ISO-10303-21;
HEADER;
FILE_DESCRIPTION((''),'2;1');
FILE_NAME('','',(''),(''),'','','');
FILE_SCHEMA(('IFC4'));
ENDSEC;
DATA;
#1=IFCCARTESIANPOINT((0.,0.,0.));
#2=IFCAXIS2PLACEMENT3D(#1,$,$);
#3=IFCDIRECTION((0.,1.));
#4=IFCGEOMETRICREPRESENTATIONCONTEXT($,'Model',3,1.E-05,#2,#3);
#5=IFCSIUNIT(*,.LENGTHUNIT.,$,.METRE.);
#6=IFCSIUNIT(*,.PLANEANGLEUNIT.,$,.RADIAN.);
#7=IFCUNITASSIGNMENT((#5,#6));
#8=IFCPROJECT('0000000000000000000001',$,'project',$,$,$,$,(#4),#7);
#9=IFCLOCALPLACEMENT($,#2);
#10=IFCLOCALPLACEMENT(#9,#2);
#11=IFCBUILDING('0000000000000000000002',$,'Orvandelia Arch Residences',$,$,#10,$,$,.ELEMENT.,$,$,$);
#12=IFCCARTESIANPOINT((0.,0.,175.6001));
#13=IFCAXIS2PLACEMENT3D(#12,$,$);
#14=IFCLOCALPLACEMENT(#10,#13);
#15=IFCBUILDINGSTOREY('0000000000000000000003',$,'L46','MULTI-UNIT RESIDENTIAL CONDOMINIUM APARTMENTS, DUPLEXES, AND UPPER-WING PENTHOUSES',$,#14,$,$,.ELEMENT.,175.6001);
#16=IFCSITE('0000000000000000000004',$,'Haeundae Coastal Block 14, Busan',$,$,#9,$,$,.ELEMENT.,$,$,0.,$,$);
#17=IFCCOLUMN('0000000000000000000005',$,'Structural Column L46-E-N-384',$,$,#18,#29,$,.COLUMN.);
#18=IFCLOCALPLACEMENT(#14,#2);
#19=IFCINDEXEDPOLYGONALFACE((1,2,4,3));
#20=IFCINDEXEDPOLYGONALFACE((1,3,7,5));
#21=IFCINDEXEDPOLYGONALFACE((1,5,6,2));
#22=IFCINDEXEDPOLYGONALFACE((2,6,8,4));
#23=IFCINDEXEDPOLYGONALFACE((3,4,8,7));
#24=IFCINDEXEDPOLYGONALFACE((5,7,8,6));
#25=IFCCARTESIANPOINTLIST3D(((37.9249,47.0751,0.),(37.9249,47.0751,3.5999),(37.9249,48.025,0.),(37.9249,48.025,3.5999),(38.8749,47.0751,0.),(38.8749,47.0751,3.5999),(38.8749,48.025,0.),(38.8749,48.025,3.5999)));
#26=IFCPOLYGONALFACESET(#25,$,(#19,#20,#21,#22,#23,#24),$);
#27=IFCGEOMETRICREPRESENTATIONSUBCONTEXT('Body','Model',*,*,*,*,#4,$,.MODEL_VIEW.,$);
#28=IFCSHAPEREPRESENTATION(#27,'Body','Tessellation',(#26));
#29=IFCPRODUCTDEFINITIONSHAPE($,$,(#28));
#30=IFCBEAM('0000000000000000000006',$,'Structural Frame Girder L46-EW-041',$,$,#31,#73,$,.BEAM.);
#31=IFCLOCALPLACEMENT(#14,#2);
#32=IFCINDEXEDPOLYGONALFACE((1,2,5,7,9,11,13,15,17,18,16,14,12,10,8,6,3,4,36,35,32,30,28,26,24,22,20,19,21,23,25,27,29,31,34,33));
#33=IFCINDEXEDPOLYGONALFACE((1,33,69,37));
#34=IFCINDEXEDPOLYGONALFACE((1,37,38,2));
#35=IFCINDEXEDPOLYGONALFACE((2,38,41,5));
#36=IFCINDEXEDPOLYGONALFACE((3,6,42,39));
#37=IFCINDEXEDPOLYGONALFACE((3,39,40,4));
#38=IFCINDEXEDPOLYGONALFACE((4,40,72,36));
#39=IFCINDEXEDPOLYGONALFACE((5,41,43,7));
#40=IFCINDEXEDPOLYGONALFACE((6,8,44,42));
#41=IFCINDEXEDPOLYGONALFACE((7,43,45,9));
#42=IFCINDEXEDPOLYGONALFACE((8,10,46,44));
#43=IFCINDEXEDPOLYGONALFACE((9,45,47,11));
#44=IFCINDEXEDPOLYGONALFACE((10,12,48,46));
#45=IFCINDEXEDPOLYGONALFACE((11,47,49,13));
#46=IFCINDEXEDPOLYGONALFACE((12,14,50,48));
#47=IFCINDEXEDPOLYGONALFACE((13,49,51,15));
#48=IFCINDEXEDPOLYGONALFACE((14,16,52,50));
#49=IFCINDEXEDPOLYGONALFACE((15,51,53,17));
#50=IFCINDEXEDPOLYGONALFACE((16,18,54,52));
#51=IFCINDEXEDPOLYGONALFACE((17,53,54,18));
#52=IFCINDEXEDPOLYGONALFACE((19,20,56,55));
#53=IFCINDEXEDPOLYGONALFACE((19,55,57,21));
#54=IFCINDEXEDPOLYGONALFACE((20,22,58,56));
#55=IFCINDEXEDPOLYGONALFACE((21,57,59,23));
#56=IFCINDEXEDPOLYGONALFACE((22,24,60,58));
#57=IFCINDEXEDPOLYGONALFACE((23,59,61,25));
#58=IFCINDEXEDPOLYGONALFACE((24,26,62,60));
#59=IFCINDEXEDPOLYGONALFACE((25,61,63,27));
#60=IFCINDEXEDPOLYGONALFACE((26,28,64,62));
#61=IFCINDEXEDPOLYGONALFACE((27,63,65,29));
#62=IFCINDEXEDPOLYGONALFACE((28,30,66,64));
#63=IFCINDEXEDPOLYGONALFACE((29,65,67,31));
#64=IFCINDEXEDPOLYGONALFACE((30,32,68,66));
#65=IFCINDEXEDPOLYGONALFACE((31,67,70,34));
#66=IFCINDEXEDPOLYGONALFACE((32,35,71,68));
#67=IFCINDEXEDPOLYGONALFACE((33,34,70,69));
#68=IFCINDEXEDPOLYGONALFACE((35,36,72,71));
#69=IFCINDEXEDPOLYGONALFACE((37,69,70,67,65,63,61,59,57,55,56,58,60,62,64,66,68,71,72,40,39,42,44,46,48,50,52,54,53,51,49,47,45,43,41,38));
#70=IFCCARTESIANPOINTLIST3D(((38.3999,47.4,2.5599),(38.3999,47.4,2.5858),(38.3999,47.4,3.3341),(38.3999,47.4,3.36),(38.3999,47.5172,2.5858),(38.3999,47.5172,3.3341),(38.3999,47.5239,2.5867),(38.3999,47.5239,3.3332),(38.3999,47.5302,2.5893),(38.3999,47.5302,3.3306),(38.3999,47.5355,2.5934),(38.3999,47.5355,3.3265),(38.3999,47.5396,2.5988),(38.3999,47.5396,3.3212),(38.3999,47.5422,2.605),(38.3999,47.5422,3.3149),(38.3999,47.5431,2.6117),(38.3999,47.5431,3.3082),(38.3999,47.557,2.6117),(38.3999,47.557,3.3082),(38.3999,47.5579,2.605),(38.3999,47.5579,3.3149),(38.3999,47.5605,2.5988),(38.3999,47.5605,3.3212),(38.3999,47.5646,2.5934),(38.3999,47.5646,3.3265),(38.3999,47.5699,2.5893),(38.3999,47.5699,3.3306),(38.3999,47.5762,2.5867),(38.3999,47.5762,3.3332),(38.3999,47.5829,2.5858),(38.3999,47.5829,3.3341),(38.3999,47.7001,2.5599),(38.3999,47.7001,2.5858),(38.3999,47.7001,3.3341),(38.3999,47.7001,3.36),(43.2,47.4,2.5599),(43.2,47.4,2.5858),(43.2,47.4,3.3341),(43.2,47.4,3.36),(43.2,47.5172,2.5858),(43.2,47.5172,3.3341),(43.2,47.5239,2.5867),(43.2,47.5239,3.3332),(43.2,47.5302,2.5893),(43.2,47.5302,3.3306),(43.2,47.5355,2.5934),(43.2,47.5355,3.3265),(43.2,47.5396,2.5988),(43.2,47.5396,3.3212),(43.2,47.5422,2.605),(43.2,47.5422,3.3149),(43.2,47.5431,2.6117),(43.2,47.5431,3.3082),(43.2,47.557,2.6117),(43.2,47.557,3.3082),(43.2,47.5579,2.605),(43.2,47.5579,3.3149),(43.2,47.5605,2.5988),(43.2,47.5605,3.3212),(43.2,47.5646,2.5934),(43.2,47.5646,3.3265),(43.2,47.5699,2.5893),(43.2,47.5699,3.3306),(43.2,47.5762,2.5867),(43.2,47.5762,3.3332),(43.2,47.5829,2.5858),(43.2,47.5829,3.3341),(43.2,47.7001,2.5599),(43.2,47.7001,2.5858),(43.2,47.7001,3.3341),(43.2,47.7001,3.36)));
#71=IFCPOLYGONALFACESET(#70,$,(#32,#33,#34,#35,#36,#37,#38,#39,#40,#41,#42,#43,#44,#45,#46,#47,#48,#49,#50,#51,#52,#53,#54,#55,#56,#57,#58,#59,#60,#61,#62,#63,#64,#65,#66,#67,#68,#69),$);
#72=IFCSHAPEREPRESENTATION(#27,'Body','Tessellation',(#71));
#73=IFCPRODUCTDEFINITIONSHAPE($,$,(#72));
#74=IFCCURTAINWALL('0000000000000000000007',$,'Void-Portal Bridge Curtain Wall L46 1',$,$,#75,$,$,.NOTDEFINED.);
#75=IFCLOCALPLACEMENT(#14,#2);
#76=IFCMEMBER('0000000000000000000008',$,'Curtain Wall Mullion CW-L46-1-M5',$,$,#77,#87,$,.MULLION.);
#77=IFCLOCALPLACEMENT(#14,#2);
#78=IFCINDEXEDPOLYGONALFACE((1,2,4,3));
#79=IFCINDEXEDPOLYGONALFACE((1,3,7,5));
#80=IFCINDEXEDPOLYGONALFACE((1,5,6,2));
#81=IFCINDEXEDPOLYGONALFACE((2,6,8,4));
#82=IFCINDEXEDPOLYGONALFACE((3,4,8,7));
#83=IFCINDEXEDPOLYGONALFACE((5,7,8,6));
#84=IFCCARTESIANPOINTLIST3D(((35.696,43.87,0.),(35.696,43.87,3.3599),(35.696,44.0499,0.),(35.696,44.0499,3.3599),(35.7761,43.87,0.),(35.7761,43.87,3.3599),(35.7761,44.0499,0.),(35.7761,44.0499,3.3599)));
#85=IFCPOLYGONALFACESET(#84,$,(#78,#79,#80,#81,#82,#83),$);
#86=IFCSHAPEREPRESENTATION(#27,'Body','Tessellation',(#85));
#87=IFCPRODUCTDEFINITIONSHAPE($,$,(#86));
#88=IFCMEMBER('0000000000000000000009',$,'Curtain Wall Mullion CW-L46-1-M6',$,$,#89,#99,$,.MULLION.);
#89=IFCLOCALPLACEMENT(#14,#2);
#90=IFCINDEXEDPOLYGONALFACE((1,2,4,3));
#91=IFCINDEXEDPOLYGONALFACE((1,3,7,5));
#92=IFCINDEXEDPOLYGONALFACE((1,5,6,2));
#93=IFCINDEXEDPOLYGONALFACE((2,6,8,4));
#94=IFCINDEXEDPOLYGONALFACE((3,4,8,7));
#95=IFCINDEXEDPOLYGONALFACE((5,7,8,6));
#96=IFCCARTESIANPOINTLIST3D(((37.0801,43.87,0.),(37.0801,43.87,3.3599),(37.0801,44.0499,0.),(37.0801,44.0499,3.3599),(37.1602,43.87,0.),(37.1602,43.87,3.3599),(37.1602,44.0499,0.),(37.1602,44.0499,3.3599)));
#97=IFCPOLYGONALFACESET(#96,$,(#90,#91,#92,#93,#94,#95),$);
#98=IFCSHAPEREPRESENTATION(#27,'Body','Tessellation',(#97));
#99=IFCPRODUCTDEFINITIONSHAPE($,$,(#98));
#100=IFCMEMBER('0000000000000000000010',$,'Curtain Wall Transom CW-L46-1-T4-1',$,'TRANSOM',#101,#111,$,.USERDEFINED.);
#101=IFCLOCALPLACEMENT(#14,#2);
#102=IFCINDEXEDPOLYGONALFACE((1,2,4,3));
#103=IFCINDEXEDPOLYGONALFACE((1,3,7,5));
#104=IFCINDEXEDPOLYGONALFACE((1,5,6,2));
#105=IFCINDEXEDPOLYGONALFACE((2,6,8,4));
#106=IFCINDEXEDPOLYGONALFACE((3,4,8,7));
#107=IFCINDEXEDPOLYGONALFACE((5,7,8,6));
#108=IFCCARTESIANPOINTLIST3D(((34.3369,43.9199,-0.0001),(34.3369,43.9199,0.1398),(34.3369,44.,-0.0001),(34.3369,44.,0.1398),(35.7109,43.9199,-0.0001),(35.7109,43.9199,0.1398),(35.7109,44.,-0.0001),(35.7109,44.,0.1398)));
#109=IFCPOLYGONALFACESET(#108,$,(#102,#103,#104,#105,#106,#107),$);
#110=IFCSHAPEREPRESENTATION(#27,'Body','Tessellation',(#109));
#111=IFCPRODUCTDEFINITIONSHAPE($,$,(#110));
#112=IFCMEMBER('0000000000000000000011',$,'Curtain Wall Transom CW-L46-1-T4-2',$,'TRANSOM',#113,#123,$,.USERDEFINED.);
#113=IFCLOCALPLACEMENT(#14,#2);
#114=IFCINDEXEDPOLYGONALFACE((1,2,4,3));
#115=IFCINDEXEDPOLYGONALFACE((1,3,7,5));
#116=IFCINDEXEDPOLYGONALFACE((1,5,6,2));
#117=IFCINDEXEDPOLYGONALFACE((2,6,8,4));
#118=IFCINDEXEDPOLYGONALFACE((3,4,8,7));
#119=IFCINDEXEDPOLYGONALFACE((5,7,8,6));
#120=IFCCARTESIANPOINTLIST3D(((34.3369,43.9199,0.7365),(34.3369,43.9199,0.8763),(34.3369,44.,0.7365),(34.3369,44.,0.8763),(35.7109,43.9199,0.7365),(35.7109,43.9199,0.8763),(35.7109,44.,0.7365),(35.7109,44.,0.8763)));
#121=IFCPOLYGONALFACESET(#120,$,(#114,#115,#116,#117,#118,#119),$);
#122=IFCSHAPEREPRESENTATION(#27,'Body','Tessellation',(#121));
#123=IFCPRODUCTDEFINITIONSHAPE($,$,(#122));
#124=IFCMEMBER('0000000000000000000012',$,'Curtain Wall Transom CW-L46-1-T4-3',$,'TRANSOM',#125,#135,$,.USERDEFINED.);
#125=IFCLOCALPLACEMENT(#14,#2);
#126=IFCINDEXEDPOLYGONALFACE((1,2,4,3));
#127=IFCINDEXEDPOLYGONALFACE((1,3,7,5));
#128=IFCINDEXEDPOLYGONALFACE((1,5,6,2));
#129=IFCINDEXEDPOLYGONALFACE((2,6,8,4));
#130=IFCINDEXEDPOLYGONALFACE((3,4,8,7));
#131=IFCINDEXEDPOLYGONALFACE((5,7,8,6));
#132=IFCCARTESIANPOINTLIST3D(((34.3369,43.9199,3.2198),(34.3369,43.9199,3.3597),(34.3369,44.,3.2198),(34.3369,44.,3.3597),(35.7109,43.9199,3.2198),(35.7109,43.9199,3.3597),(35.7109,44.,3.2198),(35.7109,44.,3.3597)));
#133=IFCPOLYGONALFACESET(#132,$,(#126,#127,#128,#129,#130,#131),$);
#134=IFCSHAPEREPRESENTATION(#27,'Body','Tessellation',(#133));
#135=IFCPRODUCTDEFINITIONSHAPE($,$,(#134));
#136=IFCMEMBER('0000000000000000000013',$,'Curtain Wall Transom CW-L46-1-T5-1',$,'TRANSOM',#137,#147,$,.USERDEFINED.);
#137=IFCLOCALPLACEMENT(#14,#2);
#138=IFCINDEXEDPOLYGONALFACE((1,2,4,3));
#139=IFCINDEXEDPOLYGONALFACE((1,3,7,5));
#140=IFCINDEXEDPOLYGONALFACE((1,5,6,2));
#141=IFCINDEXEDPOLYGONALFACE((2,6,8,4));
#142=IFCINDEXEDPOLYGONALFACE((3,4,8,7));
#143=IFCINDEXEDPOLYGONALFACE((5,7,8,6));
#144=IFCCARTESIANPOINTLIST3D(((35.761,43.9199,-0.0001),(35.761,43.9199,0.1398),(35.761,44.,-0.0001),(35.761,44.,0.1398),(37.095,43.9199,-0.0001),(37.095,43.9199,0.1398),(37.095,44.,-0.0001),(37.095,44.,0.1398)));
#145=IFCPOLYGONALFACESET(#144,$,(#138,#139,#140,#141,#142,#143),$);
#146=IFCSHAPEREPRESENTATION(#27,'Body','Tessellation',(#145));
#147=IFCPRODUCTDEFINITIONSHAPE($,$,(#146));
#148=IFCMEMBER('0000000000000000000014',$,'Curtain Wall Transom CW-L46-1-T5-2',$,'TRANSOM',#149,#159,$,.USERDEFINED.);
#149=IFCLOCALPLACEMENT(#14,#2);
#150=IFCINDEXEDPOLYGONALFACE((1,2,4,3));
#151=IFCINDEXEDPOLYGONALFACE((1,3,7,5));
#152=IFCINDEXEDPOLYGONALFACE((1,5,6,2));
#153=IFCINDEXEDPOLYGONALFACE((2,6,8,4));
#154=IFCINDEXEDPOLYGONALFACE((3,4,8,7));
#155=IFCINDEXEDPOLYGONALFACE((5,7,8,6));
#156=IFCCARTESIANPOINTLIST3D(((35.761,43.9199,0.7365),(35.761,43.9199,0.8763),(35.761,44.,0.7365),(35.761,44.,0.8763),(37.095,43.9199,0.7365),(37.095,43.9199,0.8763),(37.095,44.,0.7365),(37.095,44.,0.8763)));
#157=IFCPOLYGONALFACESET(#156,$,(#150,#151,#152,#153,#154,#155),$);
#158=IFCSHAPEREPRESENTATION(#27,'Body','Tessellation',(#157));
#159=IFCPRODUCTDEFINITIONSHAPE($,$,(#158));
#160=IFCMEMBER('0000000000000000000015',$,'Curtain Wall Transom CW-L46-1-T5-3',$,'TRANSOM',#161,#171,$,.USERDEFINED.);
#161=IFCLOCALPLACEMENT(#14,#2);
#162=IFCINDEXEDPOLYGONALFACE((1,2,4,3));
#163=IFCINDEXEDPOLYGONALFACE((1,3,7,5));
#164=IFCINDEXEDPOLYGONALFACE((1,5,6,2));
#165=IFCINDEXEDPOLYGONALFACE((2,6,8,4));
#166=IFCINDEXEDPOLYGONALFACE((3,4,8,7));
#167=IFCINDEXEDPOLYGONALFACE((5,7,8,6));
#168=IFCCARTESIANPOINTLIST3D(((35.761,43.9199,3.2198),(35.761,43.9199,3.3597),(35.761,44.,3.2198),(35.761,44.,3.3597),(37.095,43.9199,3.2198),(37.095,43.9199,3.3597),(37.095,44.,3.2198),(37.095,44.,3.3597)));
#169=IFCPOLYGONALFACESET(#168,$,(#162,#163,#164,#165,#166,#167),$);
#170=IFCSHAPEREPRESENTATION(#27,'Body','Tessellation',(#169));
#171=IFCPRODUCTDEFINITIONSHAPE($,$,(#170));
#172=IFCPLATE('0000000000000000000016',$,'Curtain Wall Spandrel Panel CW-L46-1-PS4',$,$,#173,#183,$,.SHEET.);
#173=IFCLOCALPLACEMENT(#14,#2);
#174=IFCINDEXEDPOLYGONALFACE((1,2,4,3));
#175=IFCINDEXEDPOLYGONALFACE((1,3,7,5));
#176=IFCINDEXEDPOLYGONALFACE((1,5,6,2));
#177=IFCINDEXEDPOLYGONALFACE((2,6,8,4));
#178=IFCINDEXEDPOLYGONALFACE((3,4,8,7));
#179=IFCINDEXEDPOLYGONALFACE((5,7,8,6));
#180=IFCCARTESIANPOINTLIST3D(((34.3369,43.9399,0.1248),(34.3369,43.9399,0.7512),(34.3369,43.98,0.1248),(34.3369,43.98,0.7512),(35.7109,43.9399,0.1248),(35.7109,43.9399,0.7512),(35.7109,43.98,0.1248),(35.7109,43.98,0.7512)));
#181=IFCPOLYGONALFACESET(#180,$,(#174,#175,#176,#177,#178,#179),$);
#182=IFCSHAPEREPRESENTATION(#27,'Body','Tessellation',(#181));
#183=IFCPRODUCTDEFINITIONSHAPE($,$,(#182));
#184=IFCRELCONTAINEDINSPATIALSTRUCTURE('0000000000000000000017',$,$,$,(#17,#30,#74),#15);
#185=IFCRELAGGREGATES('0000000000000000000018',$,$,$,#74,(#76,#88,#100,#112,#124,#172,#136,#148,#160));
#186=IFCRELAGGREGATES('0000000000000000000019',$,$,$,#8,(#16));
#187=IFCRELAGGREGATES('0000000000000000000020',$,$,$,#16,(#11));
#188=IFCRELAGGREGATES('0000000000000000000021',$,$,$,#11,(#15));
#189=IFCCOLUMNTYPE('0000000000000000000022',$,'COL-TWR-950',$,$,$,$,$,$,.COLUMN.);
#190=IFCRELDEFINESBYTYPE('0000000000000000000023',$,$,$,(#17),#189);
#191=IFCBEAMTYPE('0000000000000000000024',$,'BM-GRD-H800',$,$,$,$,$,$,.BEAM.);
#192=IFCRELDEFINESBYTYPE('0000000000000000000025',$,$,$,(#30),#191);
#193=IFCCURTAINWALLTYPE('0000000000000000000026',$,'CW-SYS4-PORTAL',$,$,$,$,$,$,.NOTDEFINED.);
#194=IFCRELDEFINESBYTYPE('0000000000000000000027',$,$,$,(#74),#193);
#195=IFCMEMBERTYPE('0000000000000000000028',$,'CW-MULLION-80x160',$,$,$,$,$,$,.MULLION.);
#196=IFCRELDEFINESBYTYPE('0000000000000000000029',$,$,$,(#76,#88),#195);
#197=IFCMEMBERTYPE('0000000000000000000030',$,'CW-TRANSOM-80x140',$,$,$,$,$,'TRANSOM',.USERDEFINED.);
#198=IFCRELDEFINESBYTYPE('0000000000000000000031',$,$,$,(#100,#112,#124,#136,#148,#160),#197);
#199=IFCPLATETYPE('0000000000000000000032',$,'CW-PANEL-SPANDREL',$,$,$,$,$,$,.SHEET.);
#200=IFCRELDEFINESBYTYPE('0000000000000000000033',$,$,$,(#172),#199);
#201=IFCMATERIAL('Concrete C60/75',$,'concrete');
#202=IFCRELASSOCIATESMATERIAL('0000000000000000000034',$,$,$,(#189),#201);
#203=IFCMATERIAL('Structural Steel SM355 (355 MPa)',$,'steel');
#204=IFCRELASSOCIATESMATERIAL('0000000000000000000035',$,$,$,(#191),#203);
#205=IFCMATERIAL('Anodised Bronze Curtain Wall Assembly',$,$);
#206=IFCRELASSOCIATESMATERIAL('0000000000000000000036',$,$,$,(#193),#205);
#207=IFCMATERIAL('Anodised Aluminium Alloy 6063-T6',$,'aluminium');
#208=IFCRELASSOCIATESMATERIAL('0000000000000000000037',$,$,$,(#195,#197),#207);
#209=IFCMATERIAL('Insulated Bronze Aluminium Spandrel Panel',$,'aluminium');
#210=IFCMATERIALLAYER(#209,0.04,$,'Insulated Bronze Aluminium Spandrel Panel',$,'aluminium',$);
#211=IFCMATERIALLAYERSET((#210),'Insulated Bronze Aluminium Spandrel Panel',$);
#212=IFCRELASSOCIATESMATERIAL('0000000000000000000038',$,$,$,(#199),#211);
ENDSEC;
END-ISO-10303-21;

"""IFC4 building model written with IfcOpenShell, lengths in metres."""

from ifc_helpers import new_model, si_unit, direction, frame, origin, origin_2d, place, context, subcontext, project, spatial, rectangle, i_section, extrude, material, layer, layer_set, material_profile, profile_set, type_object, element, aggregate, save


model = new_model("IFC4")

# Units and contexts
model_context = context("Model", 3, precision=1e-05, world=origin(), true_north=direction((0.0, 1.0)))
body_context = subcontext(model_context, "Body", "Model", "MODEL_VIEW")
ifc_project = project(units=[si_unit("LENGTHUNIT", "METRE"), si_unit("PLANEANGLEUNIT", "RADIAN")], contexts=[model_context])

# Site, building, storey
site_placement = place(None, origin())
site = spatial("IfcSite", under=ifc_project, at=site_placement, Name="Haeundae Coastal Block 14, Busan", CompositionType="ELEMENT", RefElevation=0.0)
building_placement = place(site_placement, origin())
building = spatial("IfcBuilding", under=site, at=building_placement, Name="Orvandelia Arch Residences", CompositionType="ELEMENT")
storey_placement = place(building_placement, frame((0.0, 0.0, 175.6001)))
storey = spatial("IfcBuildingStorey", under=building, at=storey_placement, Name="L46", Description="MULTI-UNIT RESIDENTIAL CONDOMINIUM APARTMENTS, DUPLEXES, AND UPPER-WING PENTHOUSES", CompositionType="ELEMENT", Elevation=175.6001)

# Column
ifc_material_1 = material(Name="Concrete C60/75", Category="concrete")
ifc_material_profile_1 = material_profile(ifc_material_1, rectangle(XDim=0.95, YDim=0.95, at=origin_2d()), Name="Concrete C60/75", Category="concrete")
ifc_profile_set_1 = profile_set([ifc_material_profile_1], Name="Concrete C60/75")
column_type = type_object("IfcColumnType", Name="COL-TWR-950", PredefinedType="COLUMN", material=ifc_profile_set_1)
column_placement = place(storey_placement, frame((38.3999, 47.55, 0.0), z_axis=(0.0, 0.0, 1.0), x_axis=(1.0, 0.0, 0.0)))
element("IfcColumn", 1, at=column_placement, inside=storey, type_object=column_type, Name="Structural Column L46-E-N-384", PredefinedType="COLUMN", context=body_context, shape_type="SweptSolid", body=[
    extrude(rectangle(XDim=0.95, YDim=0.95, at=origin_2d()), origin(), (0.0, 0.0, 1.0), 3.5999),
])

# Beam
ifc_material_2 = material(Name="Structural Steel SM355 (355 MPa)", Category="steel")
ifc_material_profile_2 = material_profile(ifc_material_2, i_section(OverallWidth=0.3, OverallDepth=0.8, WebThickness=0.0139, FlangeThickness=0.0259, FilletRadius=0.0259, at=origin_2d()), Name="Structural Steel SM355 (355 MPa)", Category="steel")
ifc_profile_set_2 = profile_set([ifc_material_profile_2], Name="Structural Steel SM355 (355 MPa)")
beam_type = type_object("IfcBeamType", Name="BM-GRD-H800", PredefinedType="BEAM", material=ifc_profile_set_2)
beam_placement = place(storey_placement, frame((38.3999, 47.55, 2.96), z_axis=(1.0, 0.0, 0.0), x_axis=(0.0, 1.0, 0.0)))
element("IfcBeam", 2, at=beam_placement, inside=storey, type_object=beam_type, Name="Structural Frame Girder L46-EW-041", PredefinedType="BEAM", context=body_context, shape_type="SweptSolid", body=[
    extrude(i_section(OverallWidth=0.3, OverallDepth=0.8, WebThickness=0.0139, FlangeThickness=0.0259, FilletRadius=0.0259, at=origin_2d()), origin(), (0.0, 0.0, 1.0), 4.8),
])

# Curtain wall, members, plate
ifc_material_3 = material(Name="Anodised Bronze Curtain Wall Assembly")
curtain_wall_type = type_object("IfcCurtainWallType", Name="CW-SYS4-PORTAL", PredefinedType="NOTDEFINED", material=ifc_material_3)
curtain_wall_placement = place(storey_placement, origin())
curtain_wall = element("IfcCurtainWall", 3, at=curtain_wall_placement, inside=storey, type_object=curtain_wall_type, Name="Void-Portal Bridge Curtain Wall L46 1", PredefinedType="NOTDEFINED")
ifc_material_4 = material(Name="Anodised Aluminium Alloy 6063-T6", Category="aluminium")
ifc_material_profile_3 = material_profile(ifc_material_4, rectangle(XDim=0.0801, YDim=0.1799, at=origin_2d()), Name="Anodised Aluminium Alloy 6063-T6", Category="aluminium")
ifc_profile_set_3 = profile_set([ifc_material_profile_3], Name="Anodised Aluminium Alloy 6063-T6")
member_type_1 = type_object("IfcMemberType", Name="CW-MULLION-80x160", PredefinedType="MULLION", material=ifc_profile_set_3)
member_1_placement = place(storey_placement, frame((35.7361, 43.96, 0.0), z_axis=(0.0, 0.0, 1.0), x_axis=(1.0, 0.0, 0.0)))
member_1 = element("IfcMember", 4, at=member_1_placement, type_object=member_type_1, Name="Curtain Wall Mullion CW-L46-1-M5", PredefinedType="MULLION", context=body_context, shape_type="SweptSolid", body=[
    extrude(rectangle(XDim=0.0801, YDim=0.1799, at=origin_2d()), origin(), (0.0, 0.0, 1.0), 3.3599),
])
member_2_placement = place(storey_placement, frame((37.1201, 43.96, 0.0), z_axis=(0.0, 0.0, 1.0), x_axis=(1.0, 0.0, 0.0)))
member_2 = element("IfcMember", 5, at=member_2_placement, type_object=member_type_1, Name="Curtain Wall Mullion CW-L46-1-M6", PredefinedType="MULLION", context=body_context, shape_type="SweptSolid", body=[
    extrude(rectangle(XDim=0.0801, YDim=0.1799, at=origin_2d()), origin(), (0.0, 0.0, 1.0), 3.3599),
])
ifc_material_profile_4 = material_profile(ifc_material_4, rectangle(XDim=0.0801, YDim=0.1399, at=origin_2d()), Name="Anodised Aluminium Alloy 6063-T6", Category="aluminium")
ifc_profile_set_4 = profile_set([ifc_material_profile_4], Name="Anodised Aluminium Alloy 6063-T6")
member_type_2 = type_object("IfcMemberType", Name="CW-TRANSOM-80x140", ElementType="TRANSOM", PredefinedType="USERDEFINED", material=ifc_profile_set_4)
member_3_placement = place(storey_placement, frame((34.3369, 43.96, 0.0698), z_axis=(1.0, 0.0, 0.0), x_axis=(0.0, 1.0, 0.0)))
member_3 = element("IfcMember", 6, at=member_3_placement, type_object=member_type_2, Name="Curtain Wall Transom CW-L46-1-T4-1", ObjectType="TRANSOM", PredefinedType="USERDEFINED", context=body_context, shape_type="SweptSolid", body=[
    extrude(rectangle(XDim=0.0801, YDim=0.1399, at=origin_2d()), origin(), (0.0, 0.0, 1.0), 1.374),
])
member_4_placement = place(storey_placement, frame((34.3369, 43.96, 0.8064), z_axis=(1.0, 0.0, 0.0), x_axis=(0.0, 1.0, 0.0)))
member_4 = element("IfcMember", 7, at=member_4_placement, type_object=member_type_2, Name="Curtain Wall Transom CW-L46-1-T4-2", ObjectType="TRANSOM", PredefinedType="USERDEFINED", context=body_context, shape_type="SweptSolid", body=[
    extrude(rectangle(XDim=0.0801, YDim=0.1399, at=origin_2d()), origin(), (0.0, 0.0, 1.0), 1.374),
])
member_5_placement = place(storey_placement, frame((34.3369, 43.96, 3.2898), z_axis=(1.0, 0.0, 0.0), x_axis=(0.0, 1.0, 0.0)))
member_5 = element("IfcMember", 8, at=member_5_placement, type_object=member_type_2, Name="Curtain Wall Transom CW-L46-1-T4-3", ObjectType="TRANSOM", PredefinedType="USERDEFINED", context=body_context, shape_type="SweptSolid", body=[
    extrude(rectangle(XDim=0.0801, YDim=0.1399, at=origin_2d()), origin(), (0.0, 0.0, 1.0), 1.374),
])
member_6_placement = place(storey_placement, frame((35.761, 43.96, 0.0698), z_axis=(1.0, 0.0, 0.0), x_axis=(0.0, 1.0, 0.0)))
member_6 = element("IfcMember", 9, at=member_6_placement, type_object=member_type_2, Name="Curtain Wall Transom CW-L46-1-T5-1", ObjectType="TRANSOM", PredefinedType="USERDEFINED", context=body_context, shape_type="SweptSolid", body=[
    extrude(rectangle(XDim=0.0801, YDim=0.1399, at=origin_2d()), origin(), (0.0, 0.0, 1.0), 1.334),
])
member_7_placement = place(storey_placement, frame((35.761, 43.96, 0.8064), z_axis=(1.0, 0.0, 0.0), x_axis=(0.0, 1.0, 0.0)))
member_7 = element("IfcMember", 10, at=member_7_placement, type_object=member_type_2, Name="Curtain Wall Transom CW-L46-1-T5-2", ObjectType="TRANSOM", PredefinedType="USERDEFINED", context=body_context, shape_type="SweptSolid", body=[
    extrude(rectangle(XDim=0.0801, YDim=0.1399, at=origin_2d()), origin(), (0.0, 0.0, 1.0), 1.334),
])
member_8_placement = place(storey_placement, frame((35.761, 43.96, 3.2898), z_axis=(1.0, 0.0, 0.0), x_axis=(0.0, 1.0, 0.0)))
member_8 = element("IfcMember", 11, at=member_8_placement, type_object=member_type_2, Name="Curtain Wall Transom CW-L46-1-T5-3", ObjectType="TRANSOM", PredefinedType="USERDEFINED", context=body_context, shape_type="SweptSolid", body=[
    extrude(rectangle(XDim=0.0801, YDim=0.1399, at=origin_2d()), origin(), (0.0, 0.0, 1.0), 1.334),
])
ifc_material_5 = material(Name="Insulated Bronze Aluminium Spandrel Panel", Category="aluminium")
ifc_layer_1 = layer(ifc_material_5, 0.04, Name="Insulated Bronze Aluminium Spandrel Panel", Category="aluminium")
ifc_layer_set_1 = layer_set([ifc_layer_1], Name="Insulated Bronze Aluminium Spandrel Panel")
plate_type_1 = type_object("IfcPlateType", Name="CW-PANEL-SPANDREL", PredefinedType="SHEET", material=ifc_layer_set_1)
plate_1_placement = place(storey_placement, frame((35.0239, 43.96, 0.1248), z_axis=(0.0, 0.0, 1.0), x_axis=(1.0, 0.0, 0.0)))
plate_1 = element("IfcPlate", 12, at=plate_1_placement, type_object=plate_type_1, Name="Curtain Wall Spandrel Panel CW-L46-1-PS4", PredefinedType="SHEET", context=body_context, shape_type="SweptSolid", body=[
    extrude(rectangle(XDim=1.374, YDim=0.04, at=origin_2d()), origin(), (0.0, 0.0, 1.0), 0.6265),
])
aggregate(curtain_wall, [member_1, member_2, member_3, member_4, member_5, plate_1, member_6, member_7, member_8])

save(model, "model.ifc")
